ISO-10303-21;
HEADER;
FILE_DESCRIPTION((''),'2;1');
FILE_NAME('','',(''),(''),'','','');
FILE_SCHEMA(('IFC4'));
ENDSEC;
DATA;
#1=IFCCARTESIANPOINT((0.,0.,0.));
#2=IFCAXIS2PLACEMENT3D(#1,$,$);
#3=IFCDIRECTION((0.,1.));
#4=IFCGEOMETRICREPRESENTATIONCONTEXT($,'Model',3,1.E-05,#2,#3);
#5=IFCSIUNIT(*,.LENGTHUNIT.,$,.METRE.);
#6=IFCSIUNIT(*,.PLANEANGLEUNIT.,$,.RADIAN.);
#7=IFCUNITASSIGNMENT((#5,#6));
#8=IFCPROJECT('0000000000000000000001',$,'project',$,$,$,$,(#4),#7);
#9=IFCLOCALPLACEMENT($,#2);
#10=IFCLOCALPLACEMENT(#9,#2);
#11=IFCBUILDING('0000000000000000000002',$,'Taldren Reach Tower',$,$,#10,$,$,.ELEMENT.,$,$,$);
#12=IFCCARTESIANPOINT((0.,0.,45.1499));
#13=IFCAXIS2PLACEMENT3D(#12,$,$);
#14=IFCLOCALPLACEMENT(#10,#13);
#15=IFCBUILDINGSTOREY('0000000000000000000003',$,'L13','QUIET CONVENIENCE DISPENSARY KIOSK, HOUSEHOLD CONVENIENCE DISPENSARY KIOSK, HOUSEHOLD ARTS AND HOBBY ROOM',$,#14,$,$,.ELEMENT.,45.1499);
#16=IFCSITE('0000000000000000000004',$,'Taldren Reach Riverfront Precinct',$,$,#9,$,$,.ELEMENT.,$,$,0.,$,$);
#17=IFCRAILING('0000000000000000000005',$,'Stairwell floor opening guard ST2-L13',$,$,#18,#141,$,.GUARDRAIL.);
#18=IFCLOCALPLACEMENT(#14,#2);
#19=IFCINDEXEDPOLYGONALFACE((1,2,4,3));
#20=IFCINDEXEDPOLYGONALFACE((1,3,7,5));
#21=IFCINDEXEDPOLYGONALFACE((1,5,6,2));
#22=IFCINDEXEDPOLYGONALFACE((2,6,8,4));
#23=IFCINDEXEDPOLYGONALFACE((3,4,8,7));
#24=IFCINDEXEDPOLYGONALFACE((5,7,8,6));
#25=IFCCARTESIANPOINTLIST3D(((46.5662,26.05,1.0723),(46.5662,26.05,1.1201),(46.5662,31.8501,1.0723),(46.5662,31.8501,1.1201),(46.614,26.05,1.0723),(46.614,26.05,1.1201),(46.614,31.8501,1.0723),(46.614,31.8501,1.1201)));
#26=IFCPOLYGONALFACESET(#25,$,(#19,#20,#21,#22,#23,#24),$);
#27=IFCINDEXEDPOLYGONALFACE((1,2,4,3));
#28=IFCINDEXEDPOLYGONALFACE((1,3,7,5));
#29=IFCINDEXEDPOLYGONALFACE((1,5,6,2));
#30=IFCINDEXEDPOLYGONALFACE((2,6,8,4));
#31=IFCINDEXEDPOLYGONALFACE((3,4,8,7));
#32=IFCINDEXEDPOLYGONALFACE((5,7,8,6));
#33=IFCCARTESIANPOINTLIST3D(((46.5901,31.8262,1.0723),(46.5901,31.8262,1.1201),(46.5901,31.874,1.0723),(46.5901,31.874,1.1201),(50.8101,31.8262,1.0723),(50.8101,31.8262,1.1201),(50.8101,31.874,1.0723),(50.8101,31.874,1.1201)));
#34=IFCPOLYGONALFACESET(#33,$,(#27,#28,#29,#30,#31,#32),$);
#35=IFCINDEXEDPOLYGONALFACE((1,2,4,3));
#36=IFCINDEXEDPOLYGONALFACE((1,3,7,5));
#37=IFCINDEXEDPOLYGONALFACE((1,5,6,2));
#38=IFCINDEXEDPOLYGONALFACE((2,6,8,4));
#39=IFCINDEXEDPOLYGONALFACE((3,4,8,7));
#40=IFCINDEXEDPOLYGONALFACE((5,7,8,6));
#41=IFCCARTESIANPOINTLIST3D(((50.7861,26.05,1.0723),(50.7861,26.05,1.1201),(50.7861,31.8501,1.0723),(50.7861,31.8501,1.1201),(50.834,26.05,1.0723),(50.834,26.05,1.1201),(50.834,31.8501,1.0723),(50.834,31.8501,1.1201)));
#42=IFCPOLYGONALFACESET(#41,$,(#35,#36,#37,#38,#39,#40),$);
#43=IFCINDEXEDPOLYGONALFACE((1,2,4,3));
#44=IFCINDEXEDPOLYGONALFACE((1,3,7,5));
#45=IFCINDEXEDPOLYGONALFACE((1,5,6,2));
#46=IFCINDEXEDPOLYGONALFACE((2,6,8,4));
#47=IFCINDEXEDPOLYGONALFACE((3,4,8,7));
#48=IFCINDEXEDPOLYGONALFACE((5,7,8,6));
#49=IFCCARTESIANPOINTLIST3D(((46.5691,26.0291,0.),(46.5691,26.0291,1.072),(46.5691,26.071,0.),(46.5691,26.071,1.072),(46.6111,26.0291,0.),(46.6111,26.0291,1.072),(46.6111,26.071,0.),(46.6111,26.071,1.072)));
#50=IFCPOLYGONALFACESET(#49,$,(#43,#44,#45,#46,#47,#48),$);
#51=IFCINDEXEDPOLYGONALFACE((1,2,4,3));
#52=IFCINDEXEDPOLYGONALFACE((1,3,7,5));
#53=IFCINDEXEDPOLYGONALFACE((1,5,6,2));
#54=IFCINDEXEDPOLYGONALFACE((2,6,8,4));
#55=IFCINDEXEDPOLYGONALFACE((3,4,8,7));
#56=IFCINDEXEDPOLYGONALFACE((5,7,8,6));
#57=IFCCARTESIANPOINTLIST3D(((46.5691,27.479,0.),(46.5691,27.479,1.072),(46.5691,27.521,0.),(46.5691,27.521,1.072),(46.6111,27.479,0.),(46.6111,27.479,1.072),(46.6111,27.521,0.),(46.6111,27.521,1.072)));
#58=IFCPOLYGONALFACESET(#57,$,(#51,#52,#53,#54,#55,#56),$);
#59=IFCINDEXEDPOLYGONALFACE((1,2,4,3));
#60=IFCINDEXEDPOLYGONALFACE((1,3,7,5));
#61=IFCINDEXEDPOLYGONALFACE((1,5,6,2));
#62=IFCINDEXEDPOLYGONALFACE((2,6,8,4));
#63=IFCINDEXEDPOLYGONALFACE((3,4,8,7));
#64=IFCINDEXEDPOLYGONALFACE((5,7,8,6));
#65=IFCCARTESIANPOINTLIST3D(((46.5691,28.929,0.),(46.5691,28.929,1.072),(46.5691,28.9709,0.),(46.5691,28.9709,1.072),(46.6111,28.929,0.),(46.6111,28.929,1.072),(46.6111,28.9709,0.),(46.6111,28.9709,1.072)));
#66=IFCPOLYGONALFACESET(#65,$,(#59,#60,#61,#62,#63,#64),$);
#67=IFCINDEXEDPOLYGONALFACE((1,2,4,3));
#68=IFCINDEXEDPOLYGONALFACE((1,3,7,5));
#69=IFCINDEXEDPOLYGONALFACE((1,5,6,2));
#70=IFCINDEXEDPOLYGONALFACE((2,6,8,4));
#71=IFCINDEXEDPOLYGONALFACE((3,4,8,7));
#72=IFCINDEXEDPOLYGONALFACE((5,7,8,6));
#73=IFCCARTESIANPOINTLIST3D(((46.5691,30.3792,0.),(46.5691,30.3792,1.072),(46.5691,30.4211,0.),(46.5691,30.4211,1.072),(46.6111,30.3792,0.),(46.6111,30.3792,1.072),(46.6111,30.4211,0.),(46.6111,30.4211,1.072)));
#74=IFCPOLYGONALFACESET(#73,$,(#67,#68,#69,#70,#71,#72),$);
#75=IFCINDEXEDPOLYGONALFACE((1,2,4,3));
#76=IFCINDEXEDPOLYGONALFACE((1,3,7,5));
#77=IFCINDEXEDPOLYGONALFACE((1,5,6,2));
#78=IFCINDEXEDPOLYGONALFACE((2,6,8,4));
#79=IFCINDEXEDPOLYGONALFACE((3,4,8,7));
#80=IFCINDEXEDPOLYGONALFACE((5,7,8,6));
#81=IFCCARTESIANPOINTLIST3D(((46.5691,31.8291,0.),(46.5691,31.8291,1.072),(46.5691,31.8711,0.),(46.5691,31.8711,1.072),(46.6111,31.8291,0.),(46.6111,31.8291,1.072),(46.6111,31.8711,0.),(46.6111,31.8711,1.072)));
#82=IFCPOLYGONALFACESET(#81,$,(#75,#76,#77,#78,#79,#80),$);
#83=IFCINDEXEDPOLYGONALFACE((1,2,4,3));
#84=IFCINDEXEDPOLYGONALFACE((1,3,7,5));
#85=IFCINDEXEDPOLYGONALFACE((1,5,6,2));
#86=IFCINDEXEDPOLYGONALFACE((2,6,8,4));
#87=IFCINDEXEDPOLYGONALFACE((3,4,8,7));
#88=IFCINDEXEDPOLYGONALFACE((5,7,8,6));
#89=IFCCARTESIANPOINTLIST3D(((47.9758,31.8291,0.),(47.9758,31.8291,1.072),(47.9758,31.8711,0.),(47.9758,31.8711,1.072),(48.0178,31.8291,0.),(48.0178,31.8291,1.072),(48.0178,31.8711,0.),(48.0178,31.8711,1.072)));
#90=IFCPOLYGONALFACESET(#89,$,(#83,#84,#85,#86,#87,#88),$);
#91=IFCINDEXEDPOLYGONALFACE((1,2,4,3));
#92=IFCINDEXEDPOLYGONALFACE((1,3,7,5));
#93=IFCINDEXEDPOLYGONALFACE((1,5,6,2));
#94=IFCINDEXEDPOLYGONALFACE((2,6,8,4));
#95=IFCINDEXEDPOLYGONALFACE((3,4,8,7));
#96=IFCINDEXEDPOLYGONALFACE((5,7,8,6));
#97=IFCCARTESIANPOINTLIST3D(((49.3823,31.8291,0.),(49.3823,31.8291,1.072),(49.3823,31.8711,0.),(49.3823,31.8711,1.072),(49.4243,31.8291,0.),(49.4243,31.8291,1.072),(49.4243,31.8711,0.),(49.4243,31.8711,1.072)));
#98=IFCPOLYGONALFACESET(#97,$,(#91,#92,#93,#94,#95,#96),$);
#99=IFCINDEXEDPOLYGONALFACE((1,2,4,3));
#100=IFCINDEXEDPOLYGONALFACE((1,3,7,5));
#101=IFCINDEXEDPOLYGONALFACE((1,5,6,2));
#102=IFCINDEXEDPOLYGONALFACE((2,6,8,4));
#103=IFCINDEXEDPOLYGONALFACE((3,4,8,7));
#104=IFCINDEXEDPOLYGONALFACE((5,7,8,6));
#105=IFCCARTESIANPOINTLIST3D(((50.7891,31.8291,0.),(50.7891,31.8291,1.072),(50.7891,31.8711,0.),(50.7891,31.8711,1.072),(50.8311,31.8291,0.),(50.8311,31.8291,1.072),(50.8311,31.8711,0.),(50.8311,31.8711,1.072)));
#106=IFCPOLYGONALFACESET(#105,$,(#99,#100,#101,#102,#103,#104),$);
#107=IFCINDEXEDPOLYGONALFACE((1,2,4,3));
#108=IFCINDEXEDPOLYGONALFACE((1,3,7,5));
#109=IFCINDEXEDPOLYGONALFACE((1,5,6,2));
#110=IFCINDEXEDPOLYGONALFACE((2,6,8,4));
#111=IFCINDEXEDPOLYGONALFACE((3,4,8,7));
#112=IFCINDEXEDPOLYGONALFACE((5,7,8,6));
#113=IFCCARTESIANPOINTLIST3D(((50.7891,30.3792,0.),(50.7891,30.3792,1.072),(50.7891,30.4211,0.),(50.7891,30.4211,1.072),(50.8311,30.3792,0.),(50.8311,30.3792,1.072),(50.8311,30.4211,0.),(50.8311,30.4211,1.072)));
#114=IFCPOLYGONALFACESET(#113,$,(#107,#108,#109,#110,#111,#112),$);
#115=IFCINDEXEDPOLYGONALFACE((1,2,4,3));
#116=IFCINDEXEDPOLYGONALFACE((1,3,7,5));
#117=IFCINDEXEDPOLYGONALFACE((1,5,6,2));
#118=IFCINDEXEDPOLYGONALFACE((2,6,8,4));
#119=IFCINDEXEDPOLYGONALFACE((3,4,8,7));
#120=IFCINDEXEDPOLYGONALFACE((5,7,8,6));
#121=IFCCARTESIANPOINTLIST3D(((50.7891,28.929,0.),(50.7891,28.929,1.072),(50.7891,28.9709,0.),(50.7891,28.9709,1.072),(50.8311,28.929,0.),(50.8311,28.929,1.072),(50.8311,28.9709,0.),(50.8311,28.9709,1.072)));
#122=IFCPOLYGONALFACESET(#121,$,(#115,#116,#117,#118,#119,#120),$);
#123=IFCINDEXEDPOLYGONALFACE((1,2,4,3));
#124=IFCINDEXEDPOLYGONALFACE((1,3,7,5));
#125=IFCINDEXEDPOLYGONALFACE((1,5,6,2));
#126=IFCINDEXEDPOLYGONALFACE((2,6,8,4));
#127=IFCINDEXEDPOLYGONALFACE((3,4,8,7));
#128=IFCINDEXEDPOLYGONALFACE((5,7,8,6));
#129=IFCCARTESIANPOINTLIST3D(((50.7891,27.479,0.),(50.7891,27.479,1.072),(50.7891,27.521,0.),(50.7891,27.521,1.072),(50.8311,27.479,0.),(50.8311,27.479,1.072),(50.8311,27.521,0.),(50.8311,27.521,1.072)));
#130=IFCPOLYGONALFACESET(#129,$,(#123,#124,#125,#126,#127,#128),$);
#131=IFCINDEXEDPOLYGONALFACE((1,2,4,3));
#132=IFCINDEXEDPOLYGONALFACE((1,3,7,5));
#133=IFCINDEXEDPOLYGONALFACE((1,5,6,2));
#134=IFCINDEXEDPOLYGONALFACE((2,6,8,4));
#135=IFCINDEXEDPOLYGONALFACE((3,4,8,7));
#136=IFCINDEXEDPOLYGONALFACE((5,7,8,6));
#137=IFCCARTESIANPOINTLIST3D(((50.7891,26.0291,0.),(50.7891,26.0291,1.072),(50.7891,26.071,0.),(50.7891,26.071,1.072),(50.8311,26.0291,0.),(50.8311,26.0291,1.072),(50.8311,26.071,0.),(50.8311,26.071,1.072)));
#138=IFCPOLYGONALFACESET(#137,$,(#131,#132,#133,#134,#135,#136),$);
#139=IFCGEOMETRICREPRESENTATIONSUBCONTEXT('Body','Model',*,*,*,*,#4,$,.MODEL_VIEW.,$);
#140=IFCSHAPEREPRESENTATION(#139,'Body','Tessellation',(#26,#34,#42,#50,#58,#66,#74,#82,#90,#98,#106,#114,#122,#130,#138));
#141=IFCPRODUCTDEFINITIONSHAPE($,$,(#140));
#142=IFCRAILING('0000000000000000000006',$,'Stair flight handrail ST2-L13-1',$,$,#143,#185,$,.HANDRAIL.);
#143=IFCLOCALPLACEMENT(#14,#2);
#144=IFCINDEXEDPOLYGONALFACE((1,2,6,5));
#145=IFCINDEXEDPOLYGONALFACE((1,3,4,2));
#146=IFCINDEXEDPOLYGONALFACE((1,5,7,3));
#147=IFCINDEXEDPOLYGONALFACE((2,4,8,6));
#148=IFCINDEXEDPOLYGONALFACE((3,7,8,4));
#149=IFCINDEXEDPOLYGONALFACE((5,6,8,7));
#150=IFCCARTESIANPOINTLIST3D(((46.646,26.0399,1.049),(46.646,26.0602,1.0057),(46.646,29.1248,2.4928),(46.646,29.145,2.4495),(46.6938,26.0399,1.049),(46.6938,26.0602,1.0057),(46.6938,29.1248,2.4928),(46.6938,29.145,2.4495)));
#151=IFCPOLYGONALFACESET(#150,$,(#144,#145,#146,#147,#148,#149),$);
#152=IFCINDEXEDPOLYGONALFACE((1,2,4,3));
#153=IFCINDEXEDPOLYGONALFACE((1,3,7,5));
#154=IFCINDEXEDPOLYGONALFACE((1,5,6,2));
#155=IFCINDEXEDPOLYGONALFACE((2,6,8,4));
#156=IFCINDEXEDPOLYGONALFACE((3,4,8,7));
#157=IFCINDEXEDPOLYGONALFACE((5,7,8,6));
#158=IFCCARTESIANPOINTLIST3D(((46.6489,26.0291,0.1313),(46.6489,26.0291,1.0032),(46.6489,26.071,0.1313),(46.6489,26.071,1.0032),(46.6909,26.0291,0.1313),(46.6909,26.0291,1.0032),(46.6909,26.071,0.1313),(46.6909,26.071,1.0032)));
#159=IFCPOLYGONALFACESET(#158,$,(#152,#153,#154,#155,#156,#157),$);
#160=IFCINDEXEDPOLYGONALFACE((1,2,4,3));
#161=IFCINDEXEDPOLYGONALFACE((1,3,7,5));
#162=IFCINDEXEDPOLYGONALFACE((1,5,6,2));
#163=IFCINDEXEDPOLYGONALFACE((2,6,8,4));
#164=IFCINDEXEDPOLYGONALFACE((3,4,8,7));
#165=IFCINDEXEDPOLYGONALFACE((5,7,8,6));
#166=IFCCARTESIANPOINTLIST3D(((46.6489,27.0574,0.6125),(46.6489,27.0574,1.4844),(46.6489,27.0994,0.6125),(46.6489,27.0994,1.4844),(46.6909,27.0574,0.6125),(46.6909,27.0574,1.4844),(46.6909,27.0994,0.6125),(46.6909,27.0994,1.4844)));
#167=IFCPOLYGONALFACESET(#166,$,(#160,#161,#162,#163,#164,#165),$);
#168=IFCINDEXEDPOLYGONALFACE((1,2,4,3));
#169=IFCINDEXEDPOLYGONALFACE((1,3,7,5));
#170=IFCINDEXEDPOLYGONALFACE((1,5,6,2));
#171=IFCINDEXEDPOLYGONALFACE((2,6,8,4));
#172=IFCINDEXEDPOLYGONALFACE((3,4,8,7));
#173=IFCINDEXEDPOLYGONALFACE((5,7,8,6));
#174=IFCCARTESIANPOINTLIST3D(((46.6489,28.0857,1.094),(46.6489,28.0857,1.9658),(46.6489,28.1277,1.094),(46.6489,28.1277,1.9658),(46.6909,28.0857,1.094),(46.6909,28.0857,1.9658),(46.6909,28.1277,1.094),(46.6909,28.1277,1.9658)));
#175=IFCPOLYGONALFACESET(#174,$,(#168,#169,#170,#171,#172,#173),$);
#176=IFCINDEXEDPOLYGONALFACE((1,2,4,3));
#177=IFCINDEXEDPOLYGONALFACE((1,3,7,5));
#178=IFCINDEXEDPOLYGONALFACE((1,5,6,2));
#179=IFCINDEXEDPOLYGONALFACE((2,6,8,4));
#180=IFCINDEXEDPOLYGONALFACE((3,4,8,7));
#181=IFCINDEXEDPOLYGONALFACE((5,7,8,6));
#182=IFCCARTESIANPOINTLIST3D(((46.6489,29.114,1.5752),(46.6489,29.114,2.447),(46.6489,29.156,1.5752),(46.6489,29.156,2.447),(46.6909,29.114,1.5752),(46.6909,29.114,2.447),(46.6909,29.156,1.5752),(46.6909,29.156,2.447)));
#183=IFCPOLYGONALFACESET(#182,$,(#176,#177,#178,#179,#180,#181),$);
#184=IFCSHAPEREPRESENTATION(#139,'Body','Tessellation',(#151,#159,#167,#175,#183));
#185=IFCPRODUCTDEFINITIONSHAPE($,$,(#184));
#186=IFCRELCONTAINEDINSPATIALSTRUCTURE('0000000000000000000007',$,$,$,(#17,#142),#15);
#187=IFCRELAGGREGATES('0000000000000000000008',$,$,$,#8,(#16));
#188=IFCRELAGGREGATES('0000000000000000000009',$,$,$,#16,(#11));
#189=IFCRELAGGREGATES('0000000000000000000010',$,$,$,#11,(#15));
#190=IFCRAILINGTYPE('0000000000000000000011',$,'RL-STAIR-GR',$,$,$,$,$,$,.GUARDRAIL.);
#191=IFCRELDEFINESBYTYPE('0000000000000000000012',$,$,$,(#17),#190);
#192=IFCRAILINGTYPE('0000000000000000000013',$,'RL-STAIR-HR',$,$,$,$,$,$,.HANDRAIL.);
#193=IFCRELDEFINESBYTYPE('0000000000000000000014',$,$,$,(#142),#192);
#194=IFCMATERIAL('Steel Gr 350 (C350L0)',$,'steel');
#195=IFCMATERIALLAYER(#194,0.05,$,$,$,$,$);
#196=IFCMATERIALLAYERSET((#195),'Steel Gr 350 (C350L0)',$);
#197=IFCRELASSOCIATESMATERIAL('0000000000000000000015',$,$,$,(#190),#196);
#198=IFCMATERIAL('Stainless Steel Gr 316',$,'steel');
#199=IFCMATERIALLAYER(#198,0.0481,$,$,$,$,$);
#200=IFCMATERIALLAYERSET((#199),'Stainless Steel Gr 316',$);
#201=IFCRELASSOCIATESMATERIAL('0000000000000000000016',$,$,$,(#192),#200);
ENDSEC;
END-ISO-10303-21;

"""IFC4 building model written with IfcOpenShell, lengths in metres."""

from ifc_helpers import new_model, si_unit, direction, frame, origin, origin_2d, place, context, subcontext, project, spatial, rectangle, extrude, material, layer, layer_set, type_object, element, save


model = new_model("IFC4")

# Units and contexts
model_context = context("Model", 3, precision=1e-05, world=origin(), true_north=direction((0.0, 1.0)))
body_context = subcontext(model_context, "Body", "Model", "MODEL_VIEW")
ifc_project = project(units=[si_unit("LENGTHUNIT", "METRE"), si_unit("PLANEANGLEUNIT", "RADIAN")], contexts=[model_context])

# Site, building, storey
site_placement = place(None, origin())
site = spatial("IfcSite", under=ifc_project, at=site_placement, Name="Taldren Reach Riverfront Precinct", CompositionType="ELEMENT", RefElevation=0.0)
building_placement = place(site_placement, origin())
building = spatial("IfcBuilding", under=site, at=building_placement, Name="Taldren Reach Tower", CompositionType="ELEMENT")
storey_placement = place(building_placement, frame((0.0, 0.0, 45.1499)))
storey = spatial("IfcBuildingStorey", under=building, at=storey_placement, Name="L13", Description="QUIET CONVENIENCE DISPENSARY KIOSK, HOUSEHOLD CONVENIENCE DISPENSARY KIOSK, HOUSEHOLD ARTS AND HOBBY ROOM", CompositionType="ELEMENT", Elevation=45.1499)

# Railings
ifc_material_1 = material(Name="Steel Gr 350 (C350L0)", Category="steel")
ifc_layer_1 = layer(ifc_material_1, 0.05)
ifc_layer_set_1 = layer_set([ifc_layer_1], Name="Steel Gr 350 (C350L0)")
railing_type_1 = type_object("IfcRailingType", Name="RL-STAIR-GR", PredefinedType="GUARDRAIL", material=ifc_layer_set_1)
railing_1_placement = place(storey_placement, frame((46.5901, 26.05, 0.0)))
element("IfcRailing", 1, at=railing_1_placement, inside=storey, type_object=railing_type_1, Name="Stairwell floor opening guard ST2-L13", PredefinedType="GUARDRAIL", context=body_context, shape_type="SweptSolid", body=[
    extrude(rectangle(XDim=0.0479, YDim=0.0479, at=origin_2d()), frame((0.0, 0.0, 1.0962), z_axis=(0.0, 1.0, 0.0), x_axis=(-1.0, 0.0, 0.0)), (0.0, 0.0, 1.0), 5.8),
    extrude(rectangle(XDim=0.0479, YDim=0.0479, at=origin_2d()), frame((0.0, 5.8, 1.0962), z_axis=(1.0, 0.0, 0.0), x_axis=(0.0, 1.0, 0.0)), (0.0, 0.0, 1.0), 4.22),
    extrude(rectangle(XDim=0.0479, YDim=0.0479, at=origin_2d()), frame((4.22, 5.8, 1.0962), z_axis=(0.0, -1.0, 0.0), x_axis=(1.0, 0.0, 0.0)), (0.0, 0.0, 1.0), 5.8),
    extrude(rectangle(XDim=0.042, YDim=0.042, at=origin_2d()), origin(), (0.0, 0.0, 1.0), 1.072),
    extrude(rectangle(XDim=0.042, YDim=0.042, at=origin_2d()), frame((0.0, 1.45, 0.0)), (0.0, 0.0, 1.0), 1.072),
    extrude(rectangle(XDim=0.042, YDim=0.042, at=origin_2d()), frame((0.0, 2.8999, 0.0)), (0.0, 0.0, 1.0), 1.072),
    extrude(rectangle(XDim=0.042, YDim=0.042, at=origin_2d()), frame((0.0, 4.3501, 0.0)), (0.0, 0.0, 1.0), 1.072),
    extrude(rectangle(XDim=0.042, YDim=0.042, at=origin_2d()), frame((0.0, 5.8, 0.0)), (0.0, 0.0, 1.0), 1.072),
    extrude(rectangle(XDim=0.042, YDim=0.042, at=origin_2d()), frame((1.4067, 5.8, 0.0)), (0.0, 0.0, 1.0), 1.072),
    extrude(rectangle(XDim=0.042, YDim=0.042, at=origin_2d()), frame((2.8132, 5.8, 0.0)), (0.0, 0.0, 1.0), 1.072),
    extrude(rectangle(XDim=0.042, YDim=0.042, at=origin_2d()), frame((4.22, 5.8, 0.0)), (0.0, 0.0, 1.0), 1.072),
    extrude(rectangle(XDim=0.042, YDim=0.042, at=origin_2d()), frame((4.22, 4.3501, 0.0)), (0.0, 0.0, 1.0), 1.072),
    extrude(rectangle(XDim=0.042, YDim=0.042, at=origin_2d()), frame((4.22, 2.8999, 0.0)), (0.0, 0.0, 1.0), 1.072),
    extrude(rectangle(XDim=0.042, YDim=0.042, at=origin_2d()), frame((4.22, 1.45, 0.0)), (0.0, 0.0, 1.0), 1.072),
    extrude(rectangle(XDim=0.042, YDim=0.042, at=origin_2d()), frame((4.22, 0.0, 0.0)), (0.0, 0.0, 1.0), 1.072),
])
ifc_material_2 = material(Name="Stainless Steel Gr 316", Category="steel")
ifc_layer_2 = layer(ifc_material_2, 0.0481)
ifc_layer_set_2 = layer_set([ifc_layer_2], Name="Stainless Steel Gr 316")
railing_type_2 = type_object("IfcRailingType", Name="RL-STAIR-HR", PredefinedType="HANDRAIL", material=ifc_layer_set_2)
railing_2_placement = place(storey_placement, frame((46.6699, 26.05, 0.1313)))
element("IfcRailing", 2, at=railing_2_placement, inside=storey, type_object=railing_type_2, Name="Stair flight handrail ST2-L13-1", PredefinedType="HANDRAIL", context=body_context, shape_type="SweptSolid", body=[
    extrude(rectangle(XDim=0.0479, YDim=0.0479, at=origin_2d()), frame((0.0, 0.0, 0.896), z_axis=(0.0, 0.90571, 0.423898), x_axis=(-1.0, 0.0, 0.0)), (0.0, 0.0, 1.0), 3.406),
    extrude(rectangle(XDim=0.042, YDim=0.042, at=origin_2d()), origin(), (0.0, 0.0, 1.0), 0.8718),
    extrude(rectangle(XDim=0.042, YDim=0.042, at=origin_2d()), frame((0.0, 1.0283, 0.4812)), (0.0, 0.0, 1.0), 0.8718),
    extrude(rectangle(XDim=0.042, YDim=0.042, at=origin_2d()), frame((0.0, 2.0566, 0.9626)), (0.0, 0.0, 1.0), 0.8718),
    extrude(rectangle(XDim=0.042, YDim=0.042, at=origin_2d()), frame((0.0, 3.085, 1.4438)), (0.0, 0.0, 1.0), 0.8718),
])

save(model, "model.ifc")
